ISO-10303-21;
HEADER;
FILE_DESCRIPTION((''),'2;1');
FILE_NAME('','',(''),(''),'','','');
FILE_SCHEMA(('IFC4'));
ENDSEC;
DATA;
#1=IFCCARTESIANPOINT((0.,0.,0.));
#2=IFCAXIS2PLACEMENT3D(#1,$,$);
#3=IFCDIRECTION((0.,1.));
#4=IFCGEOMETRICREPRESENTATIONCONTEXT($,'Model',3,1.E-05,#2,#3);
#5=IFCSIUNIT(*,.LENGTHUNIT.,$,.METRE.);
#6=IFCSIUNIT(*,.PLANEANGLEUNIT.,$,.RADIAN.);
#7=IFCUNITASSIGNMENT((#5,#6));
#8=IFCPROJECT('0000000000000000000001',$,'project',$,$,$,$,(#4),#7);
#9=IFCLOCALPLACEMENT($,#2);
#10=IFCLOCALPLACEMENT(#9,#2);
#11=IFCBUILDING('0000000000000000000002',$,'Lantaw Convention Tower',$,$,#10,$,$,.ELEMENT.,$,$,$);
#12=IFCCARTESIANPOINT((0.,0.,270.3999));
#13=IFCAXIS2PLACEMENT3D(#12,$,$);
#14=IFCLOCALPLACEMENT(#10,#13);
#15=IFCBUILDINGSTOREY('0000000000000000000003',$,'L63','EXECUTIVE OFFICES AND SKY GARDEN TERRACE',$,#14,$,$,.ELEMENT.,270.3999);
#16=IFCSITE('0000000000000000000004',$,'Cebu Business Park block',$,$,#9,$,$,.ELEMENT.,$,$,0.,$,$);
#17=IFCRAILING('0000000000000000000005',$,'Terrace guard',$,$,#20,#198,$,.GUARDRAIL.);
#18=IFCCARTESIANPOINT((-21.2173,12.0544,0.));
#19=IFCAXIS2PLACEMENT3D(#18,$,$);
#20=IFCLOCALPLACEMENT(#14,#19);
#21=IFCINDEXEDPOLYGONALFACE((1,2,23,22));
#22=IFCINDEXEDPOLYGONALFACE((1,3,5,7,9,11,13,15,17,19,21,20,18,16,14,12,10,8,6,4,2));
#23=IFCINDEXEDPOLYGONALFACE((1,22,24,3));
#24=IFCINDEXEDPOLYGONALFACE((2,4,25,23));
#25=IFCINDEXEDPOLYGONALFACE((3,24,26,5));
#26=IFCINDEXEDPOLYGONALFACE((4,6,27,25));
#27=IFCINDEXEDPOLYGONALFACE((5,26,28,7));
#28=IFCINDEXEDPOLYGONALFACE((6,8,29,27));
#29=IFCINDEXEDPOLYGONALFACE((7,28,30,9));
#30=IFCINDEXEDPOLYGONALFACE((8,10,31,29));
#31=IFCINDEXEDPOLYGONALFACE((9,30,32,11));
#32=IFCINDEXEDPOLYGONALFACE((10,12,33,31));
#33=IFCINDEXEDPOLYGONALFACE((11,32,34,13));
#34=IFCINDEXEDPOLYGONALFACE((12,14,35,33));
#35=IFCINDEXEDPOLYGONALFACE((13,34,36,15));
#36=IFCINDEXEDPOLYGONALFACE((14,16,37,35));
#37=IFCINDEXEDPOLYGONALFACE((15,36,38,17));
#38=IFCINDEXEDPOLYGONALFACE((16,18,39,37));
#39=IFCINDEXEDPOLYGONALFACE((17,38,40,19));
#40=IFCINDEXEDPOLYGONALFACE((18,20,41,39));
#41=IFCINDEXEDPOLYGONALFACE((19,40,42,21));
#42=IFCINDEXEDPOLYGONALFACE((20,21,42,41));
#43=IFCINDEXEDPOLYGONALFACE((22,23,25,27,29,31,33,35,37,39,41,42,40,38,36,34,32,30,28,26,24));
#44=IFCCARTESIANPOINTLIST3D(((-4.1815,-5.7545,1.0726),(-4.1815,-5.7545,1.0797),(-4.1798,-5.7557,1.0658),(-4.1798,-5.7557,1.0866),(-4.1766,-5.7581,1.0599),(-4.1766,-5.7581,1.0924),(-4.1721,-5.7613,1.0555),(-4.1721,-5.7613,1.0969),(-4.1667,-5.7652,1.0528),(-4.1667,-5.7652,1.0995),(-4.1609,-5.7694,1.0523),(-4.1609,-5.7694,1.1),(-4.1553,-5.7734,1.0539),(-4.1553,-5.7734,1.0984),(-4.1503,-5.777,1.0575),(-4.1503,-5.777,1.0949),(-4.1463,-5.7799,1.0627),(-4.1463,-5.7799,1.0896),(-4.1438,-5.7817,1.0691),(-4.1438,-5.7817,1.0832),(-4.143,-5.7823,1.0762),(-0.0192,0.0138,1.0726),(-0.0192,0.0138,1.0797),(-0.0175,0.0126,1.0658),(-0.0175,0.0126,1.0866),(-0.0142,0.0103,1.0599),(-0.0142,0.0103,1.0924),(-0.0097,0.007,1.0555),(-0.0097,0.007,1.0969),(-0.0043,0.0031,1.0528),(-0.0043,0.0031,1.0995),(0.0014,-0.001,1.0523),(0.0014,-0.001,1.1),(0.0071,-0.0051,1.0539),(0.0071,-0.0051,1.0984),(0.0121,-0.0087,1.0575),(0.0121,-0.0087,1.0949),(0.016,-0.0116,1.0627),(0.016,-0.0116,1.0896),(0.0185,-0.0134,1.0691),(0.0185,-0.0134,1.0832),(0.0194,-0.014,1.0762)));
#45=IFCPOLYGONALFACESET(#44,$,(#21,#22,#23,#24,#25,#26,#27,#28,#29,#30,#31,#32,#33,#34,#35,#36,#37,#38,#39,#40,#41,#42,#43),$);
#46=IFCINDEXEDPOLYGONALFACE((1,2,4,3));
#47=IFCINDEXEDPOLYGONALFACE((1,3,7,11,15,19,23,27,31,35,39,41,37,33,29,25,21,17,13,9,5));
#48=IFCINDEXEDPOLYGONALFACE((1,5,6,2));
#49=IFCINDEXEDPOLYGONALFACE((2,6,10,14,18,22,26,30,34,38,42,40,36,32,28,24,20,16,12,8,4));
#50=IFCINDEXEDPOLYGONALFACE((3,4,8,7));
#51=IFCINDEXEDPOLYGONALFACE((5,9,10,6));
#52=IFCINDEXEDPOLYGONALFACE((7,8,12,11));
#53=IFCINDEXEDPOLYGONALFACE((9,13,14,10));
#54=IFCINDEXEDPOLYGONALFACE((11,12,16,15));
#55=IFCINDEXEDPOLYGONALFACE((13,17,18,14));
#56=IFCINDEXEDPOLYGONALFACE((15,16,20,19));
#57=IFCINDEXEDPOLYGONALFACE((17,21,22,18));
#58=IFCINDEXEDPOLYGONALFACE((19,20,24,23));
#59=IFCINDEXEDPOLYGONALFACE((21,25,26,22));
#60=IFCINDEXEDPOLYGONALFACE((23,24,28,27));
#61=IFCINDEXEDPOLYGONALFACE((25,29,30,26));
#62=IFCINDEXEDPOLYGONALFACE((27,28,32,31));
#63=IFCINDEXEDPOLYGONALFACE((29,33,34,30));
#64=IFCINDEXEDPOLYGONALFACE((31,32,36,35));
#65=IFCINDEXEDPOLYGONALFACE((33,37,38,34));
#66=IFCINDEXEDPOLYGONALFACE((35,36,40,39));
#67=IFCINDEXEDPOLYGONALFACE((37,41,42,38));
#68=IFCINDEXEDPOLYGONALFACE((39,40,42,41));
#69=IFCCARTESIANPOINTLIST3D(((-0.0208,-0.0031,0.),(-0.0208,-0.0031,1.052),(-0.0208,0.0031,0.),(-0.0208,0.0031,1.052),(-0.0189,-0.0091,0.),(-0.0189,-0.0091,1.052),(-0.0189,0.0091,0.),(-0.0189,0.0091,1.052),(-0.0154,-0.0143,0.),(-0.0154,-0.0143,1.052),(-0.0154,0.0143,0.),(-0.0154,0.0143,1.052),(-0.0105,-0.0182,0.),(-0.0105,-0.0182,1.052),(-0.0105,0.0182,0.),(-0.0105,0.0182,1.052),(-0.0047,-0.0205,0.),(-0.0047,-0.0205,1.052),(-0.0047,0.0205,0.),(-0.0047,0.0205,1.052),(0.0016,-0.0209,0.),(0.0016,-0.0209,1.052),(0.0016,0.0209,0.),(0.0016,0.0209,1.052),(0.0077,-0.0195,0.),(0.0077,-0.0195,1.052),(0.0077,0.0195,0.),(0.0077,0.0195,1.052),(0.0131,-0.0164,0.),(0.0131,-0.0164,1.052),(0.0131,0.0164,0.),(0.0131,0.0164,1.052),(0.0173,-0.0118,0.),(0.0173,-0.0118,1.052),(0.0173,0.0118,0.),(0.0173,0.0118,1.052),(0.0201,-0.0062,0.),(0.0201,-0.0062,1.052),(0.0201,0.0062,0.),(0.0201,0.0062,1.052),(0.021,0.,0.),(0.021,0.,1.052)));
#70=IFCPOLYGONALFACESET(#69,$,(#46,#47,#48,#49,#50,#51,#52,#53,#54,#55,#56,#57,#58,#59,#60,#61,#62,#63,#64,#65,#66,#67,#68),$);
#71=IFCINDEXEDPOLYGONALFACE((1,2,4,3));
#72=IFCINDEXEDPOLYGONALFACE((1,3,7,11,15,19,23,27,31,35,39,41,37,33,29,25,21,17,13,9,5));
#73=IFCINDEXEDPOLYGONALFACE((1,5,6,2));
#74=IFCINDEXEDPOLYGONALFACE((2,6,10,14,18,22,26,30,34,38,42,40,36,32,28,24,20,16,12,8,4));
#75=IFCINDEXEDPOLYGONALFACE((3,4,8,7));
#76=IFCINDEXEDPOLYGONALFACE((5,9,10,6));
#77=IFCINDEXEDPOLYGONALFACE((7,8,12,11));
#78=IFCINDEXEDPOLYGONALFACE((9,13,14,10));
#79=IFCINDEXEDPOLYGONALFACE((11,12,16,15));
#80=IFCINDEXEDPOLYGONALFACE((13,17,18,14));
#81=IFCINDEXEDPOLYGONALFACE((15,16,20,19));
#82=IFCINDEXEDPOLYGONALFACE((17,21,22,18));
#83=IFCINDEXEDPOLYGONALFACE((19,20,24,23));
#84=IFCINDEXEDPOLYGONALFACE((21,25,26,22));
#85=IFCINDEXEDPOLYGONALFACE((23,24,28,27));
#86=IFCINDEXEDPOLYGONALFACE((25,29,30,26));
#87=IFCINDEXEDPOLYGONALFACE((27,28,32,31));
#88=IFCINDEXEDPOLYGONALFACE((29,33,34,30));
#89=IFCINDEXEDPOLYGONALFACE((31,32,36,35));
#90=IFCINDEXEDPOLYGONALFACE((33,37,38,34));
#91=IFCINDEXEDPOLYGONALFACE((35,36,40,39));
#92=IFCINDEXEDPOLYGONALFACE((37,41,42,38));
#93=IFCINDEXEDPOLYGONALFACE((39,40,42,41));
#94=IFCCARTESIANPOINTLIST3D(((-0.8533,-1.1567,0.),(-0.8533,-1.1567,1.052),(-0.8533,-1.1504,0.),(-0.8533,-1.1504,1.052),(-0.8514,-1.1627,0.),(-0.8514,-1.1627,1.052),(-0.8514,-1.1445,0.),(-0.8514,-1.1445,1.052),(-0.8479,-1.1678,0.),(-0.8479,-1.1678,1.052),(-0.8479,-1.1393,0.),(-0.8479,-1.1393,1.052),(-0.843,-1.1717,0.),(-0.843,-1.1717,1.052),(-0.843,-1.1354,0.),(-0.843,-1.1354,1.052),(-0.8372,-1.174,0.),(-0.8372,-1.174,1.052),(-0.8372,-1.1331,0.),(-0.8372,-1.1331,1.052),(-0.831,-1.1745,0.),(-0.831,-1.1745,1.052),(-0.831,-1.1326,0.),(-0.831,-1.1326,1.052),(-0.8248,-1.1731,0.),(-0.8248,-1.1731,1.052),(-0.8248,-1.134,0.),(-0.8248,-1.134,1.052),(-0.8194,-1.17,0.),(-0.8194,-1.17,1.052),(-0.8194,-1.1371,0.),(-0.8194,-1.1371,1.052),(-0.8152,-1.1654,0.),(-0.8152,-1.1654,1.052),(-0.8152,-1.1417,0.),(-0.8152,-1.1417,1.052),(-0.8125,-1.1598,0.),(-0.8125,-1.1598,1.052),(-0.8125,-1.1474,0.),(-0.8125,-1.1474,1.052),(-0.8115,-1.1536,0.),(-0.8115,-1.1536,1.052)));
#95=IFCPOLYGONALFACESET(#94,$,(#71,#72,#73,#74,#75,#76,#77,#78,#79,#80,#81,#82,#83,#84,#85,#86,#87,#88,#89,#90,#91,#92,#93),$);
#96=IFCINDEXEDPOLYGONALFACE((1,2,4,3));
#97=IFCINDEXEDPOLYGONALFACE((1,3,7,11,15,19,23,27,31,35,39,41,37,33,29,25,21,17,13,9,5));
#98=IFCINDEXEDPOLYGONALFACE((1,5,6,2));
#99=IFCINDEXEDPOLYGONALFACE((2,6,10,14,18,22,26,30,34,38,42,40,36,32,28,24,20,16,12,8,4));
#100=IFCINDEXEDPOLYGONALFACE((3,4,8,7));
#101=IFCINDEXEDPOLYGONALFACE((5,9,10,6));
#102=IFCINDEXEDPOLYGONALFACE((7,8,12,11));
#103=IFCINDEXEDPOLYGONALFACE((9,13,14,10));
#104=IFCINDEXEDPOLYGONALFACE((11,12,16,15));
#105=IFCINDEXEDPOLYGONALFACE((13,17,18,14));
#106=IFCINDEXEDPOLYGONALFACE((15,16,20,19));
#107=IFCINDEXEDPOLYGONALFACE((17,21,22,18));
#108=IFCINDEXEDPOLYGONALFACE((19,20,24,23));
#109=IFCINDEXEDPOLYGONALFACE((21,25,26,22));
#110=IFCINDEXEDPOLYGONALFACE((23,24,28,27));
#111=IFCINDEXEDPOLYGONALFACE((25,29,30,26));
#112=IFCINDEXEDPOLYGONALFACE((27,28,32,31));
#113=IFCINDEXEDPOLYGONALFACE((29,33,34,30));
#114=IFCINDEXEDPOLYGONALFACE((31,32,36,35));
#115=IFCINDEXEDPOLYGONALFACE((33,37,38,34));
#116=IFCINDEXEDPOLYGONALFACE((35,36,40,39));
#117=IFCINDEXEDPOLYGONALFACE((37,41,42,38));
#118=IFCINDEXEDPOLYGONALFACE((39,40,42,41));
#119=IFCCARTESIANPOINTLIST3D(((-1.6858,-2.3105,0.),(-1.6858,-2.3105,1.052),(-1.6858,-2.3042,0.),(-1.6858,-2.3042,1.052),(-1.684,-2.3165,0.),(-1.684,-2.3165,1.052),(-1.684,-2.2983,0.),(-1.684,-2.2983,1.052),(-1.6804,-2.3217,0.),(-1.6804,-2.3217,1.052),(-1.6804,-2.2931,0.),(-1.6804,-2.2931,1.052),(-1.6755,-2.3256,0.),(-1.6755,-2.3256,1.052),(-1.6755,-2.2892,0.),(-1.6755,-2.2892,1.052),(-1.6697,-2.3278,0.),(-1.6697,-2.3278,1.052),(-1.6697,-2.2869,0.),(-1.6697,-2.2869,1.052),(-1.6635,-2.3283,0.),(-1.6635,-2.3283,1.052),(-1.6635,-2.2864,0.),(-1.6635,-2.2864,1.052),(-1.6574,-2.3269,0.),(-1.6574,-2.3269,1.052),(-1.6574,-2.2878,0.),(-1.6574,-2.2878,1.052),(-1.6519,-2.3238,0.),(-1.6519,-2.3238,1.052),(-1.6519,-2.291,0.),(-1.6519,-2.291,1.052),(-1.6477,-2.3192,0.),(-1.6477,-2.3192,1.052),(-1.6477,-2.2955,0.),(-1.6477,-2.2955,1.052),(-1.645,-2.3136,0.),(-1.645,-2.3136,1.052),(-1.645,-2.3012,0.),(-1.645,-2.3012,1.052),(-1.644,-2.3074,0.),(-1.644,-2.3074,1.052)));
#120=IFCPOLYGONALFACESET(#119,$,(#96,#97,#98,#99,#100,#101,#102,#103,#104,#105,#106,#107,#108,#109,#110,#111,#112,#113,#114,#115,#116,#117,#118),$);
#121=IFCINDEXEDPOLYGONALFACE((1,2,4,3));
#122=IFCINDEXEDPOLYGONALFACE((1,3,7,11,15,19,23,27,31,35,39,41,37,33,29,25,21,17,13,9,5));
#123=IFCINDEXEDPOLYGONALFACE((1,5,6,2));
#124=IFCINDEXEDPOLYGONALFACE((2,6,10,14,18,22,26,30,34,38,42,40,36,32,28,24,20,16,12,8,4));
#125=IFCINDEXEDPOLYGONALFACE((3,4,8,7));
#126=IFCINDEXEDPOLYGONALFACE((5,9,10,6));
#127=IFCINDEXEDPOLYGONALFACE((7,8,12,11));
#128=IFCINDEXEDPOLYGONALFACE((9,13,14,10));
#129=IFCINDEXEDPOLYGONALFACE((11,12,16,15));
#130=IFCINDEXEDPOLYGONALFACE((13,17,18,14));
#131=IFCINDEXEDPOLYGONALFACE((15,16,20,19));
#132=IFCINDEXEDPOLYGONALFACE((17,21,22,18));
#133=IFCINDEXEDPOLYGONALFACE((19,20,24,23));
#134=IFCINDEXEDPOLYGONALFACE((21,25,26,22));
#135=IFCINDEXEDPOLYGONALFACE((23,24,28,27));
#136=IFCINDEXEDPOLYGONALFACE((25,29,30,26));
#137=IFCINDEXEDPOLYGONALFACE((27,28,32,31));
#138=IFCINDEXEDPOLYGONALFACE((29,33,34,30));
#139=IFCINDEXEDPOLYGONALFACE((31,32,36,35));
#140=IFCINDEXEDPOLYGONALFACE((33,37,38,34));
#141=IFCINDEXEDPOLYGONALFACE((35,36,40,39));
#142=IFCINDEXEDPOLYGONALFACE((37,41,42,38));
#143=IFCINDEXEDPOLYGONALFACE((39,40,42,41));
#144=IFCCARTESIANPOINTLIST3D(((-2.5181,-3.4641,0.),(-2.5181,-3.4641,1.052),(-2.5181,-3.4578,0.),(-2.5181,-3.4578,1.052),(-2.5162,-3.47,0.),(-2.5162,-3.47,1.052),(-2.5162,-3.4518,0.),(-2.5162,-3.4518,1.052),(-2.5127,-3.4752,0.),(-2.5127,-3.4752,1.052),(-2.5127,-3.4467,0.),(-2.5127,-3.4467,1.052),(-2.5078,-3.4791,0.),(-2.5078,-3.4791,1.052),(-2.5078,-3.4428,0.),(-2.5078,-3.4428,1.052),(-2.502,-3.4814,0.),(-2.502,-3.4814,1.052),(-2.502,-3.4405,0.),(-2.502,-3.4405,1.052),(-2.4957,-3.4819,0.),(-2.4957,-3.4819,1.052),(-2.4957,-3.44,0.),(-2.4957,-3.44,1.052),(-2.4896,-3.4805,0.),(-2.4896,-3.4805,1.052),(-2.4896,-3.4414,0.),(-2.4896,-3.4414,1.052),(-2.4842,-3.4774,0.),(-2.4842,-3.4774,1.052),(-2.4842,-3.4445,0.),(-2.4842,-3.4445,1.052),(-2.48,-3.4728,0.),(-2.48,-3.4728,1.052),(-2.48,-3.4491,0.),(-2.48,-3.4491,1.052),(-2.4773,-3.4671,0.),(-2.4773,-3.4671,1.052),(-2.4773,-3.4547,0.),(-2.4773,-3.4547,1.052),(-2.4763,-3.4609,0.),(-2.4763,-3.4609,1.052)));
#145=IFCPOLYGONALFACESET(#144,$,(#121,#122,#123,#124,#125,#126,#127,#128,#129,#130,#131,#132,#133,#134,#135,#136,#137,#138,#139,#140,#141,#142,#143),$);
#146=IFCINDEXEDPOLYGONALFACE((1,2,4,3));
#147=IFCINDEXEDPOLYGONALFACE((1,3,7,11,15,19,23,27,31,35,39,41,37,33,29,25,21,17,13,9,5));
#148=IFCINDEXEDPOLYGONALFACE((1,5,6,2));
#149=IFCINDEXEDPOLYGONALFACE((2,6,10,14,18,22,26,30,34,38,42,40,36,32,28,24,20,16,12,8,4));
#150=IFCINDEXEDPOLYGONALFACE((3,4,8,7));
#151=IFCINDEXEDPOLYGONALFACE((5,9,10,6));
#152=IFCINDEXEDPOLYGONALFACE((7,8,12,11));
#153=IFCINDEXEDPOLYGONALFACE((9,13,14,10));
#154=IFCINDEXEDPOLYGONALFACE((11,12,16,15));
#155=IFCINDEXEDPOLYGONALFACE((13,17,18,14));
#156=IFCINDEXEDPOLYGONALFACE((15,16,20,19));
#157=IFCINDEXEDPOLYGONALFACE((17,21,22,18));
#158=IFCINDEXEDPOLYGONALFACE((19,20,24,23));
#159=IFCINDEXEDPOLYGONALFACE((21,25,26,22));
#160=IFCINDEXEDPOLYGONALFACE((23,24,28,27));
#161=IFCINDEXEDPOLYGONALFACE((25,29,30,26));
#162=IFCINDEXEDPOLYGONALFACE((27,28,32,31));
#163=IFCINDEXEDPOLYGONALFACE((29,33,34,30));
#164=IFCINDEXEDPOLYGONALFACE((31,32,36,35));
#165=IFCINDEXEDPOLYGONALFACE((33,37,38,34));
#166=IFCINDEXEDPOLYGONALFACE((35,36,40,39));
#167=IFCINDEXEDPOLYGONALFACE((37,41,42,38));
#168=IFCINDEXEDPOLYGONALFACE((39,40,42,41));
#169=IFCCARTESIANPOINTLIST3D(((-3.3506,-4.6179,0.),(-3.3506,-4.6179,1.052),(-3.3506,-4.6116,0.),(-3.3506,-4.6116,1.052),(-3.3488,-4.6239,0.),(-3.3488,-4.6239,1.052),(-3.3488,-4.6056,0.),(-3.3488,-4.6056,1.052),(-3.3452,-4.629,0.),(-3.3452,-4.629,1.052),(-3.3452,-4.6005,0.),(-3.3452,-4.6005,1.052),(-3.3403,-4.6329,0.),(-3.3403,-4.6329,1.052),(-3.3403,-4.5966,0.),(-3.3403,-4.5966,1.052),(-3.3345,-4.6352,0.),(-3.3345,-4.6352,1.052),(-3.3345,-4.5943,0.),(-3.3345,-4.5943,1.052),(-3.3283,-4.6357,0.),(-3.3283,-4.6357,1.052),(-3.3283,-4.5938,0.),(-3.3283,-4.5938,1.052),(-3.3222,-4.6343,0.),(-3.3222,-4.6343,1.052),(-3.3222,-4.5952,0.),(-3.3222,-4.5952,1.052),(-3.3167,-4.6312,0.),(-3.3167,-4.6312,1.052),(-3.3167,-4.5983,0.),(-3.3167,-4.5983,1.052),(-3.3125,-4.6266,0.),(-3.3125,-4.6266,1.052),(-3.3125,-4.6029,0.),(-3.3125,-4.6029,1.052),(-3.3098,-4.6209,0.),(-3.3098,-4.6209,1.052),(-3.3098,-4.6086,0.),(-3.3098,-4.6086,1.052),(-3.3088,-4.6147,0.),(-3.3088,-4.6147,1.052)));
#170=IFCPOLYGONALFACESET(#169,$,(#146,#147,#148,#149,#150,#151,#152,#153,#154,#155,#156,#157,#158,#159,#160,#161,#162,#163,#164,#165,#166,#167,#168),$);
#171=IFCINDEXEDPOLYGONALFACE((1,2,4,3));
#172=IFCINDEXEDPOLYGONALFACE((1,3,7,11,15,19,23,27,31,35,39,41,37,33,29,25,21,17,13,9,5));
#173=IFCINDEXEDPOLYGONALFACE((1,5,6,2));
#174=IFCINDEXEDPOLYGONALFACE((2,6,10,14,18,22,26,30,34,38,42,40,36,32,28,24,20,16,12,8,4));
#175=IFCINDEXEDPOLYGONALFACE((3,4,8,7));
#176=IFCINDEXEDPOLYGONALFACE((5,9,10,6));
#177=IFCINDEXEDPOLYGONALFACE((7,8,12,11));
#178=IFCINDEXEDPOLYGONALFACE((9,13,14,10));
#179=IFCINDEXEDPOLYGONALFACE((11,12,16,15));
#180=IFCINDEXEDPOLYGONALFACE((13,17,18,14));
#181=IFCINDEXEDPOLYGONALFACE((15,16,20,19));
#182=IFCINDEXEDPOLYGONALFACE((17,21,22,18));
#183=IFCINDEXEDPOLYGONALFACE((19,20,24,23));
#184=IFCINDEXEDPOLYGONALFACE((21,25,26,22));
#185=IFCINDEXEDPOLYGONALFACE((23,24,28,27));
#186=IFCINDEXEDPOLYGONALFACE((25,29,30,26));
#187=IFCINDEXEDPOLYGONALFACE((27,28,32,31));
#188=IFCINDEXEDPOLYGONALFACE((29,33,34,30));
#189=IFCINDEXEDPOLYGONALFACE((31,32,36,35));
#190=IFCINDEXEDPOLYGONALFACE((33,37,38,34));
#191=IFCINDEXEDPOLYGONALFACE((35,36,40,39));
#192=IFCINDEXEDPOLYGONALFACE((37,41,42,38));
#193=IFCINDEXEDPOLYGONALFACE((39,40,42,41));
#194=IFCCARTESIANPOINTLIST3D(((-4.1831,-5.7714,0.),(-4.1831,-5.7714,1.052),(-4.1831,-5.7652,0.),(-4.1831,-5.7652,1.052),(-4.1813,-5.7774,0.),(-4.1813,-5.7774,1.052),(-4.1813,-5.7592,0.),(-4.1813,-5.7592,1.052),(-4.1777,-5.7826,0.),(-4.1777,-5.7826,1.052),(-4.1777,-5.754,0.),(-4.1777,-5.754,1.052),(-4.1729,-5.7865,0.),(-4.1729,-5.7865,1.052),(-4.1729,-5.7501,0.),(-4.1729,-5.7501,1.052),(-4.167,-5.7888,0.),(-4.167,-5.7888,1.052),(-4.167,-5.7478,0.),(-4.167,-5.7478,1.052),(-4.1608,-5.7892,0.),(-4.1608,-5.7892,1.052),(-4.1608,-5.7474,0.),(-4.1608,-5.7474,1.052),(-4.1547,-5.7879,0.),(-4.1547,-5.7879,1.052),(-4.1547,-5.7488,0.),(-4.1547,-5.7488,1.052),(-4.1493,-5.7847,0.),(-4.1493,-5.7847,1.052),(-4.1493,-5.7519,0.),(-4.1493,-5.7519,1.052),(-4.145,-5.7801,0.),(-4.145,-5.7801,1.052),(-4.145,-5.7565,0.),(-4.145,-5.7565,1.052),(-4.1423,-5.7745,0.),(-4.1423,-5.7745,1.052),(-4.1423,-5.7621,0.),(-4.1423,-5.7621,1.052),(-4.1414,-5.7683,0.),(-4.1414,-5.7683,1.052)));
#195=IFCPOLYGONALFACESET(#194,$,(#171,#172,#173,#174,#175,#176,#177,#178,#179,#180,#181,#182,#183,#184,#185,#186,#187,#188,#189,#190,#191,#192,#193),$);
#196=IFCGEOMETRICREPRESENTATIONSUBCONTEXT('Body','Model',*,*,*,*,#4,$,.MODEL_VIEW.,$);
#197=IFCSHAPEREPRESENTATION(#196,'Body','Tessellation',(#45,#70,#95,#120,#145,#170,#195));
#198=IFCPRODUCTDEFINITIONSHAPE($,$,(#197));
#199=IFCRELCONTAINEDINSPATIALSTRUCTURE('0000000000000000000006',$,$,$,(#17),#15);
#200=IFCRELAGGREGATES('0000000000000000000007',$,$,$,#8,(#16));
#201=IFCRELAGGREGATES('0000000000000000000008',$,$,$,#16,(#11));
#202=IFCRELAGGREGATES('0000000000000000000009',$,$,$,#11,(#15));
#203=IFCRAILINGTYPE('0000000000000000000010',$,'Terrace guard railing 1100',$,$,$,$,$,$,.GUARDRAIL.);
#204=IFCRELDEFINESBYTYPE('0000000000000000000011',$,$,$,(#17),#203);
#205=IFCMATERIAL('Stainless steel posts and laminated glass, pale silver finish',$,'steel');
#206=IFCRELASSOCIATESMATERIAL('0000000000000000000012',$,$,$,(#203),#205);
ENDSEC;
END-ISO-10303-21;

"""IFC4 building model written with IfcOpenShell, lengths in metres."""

from ifc_helpers import new_model, si_unit, direction, frame, origin, origin_2d, place, context, subcontext, project, spatial, circle, extrude, material, type_object, element, save


model = new_model("IFC4")

# Units and contexts
model_context = context("Model", 3, precision=1e-05, world=origin(), true_north=direction((0.0, 1.0)))
body_context = subcontext(model_context, "Body", "Model", "MODEL_VIEW")
ifc_project = project(units=[si_unit("LENGTHUNIT", "METRE"), si_unit("PLANEANGLEUNIT", "RADIAN")], contexts=[model_context])

# Site, building, storey
site_placement = place(None, origin())
site = spatial("IfcSite", under=ifc_project, at=site_placement, Name="Cebu Business Park block", CompositionType="ELEMENT", RefElevation=0.0)
building_placement = place(site_placement, origin())
building = spatial("IfcBuilding", under=site, at=building_placement, Name="Lantaw Convention Tower", CompositionType="ELEMENT")
storey_placement = place(building_placement, frame((0.0, 0.0, 270.3999)))
storey = spatial("IfcBuildingStorey", under=building, at=storey_placement, Name="L63", Description="EXECUTIVE OFFICES AND SKY GARDEN TERRACE", CompositionType="ELEMENT", Elevation=270.3999)

# Railing
ifc_material_1 = material(Name="Stainless steel posts and laminated glass, pale silver finish", Category="steel")
railing_type = type_object("IfcRailingType", Name="Terrace guard railing 1100", PredefinedType="GUARDRAIL", material=ifc_material_1)
railing_1_placement = place(storey_placement, frame((-21.2173, 12.0544, 0.0)))
element("IfcRailing", 1, at=railing_1_placement, inside=storey, type_object=railing_type, Name="Terrace guard", PredefinedType="GUARDRAIL", context=body_context, shape_type="SweptSolid", body=[
    extrude(circle(Radius=0.0239, at=origin_2d()), frame((0.0, 0.0, 1.0762), z_axis=(-0.585153, -0.810923, 0.0), x_axis=(0.810923, -0.585153, 0.0)), (0.0, 0.0, 1.0), 7.1133),
    extrude(circle(Radius=0.021, at=origin_2d()), origin(), (0.0, 0.0, 1.0), 1.052),
    extrude(circle(Radius=0.021, at=origin_2d()), frame((-0.8325, -1.1536, 0.0)), (0.0, 0.0, 1.0), 1.052),
    extrude(circle(Radius=0.021, at=origin_2d()), frame((-1.665, -2.3074, 0.0)), (0.0, 0.0, 1.0), 1.052),
    extrude(circle(Radius=0.021, at=origin_2d()), frame((-2.4973, -3.4609, 0.0)), (0.0, 0.0, 1.0), 1.052),
    extrude(circle(Radius=0.021, at=origin_2d()), frame((-3.3298, -4.6147, 0.0)), (0.0, 0.0, 1.0), 1.052),
    extrude(circle(Radius=0.021, at=origin_2d()), frame((-4.1624, -5.7683, 0.0)), (0.0, 0.0, 1.0), 1.052),
])

save(model, "model.ifc")
